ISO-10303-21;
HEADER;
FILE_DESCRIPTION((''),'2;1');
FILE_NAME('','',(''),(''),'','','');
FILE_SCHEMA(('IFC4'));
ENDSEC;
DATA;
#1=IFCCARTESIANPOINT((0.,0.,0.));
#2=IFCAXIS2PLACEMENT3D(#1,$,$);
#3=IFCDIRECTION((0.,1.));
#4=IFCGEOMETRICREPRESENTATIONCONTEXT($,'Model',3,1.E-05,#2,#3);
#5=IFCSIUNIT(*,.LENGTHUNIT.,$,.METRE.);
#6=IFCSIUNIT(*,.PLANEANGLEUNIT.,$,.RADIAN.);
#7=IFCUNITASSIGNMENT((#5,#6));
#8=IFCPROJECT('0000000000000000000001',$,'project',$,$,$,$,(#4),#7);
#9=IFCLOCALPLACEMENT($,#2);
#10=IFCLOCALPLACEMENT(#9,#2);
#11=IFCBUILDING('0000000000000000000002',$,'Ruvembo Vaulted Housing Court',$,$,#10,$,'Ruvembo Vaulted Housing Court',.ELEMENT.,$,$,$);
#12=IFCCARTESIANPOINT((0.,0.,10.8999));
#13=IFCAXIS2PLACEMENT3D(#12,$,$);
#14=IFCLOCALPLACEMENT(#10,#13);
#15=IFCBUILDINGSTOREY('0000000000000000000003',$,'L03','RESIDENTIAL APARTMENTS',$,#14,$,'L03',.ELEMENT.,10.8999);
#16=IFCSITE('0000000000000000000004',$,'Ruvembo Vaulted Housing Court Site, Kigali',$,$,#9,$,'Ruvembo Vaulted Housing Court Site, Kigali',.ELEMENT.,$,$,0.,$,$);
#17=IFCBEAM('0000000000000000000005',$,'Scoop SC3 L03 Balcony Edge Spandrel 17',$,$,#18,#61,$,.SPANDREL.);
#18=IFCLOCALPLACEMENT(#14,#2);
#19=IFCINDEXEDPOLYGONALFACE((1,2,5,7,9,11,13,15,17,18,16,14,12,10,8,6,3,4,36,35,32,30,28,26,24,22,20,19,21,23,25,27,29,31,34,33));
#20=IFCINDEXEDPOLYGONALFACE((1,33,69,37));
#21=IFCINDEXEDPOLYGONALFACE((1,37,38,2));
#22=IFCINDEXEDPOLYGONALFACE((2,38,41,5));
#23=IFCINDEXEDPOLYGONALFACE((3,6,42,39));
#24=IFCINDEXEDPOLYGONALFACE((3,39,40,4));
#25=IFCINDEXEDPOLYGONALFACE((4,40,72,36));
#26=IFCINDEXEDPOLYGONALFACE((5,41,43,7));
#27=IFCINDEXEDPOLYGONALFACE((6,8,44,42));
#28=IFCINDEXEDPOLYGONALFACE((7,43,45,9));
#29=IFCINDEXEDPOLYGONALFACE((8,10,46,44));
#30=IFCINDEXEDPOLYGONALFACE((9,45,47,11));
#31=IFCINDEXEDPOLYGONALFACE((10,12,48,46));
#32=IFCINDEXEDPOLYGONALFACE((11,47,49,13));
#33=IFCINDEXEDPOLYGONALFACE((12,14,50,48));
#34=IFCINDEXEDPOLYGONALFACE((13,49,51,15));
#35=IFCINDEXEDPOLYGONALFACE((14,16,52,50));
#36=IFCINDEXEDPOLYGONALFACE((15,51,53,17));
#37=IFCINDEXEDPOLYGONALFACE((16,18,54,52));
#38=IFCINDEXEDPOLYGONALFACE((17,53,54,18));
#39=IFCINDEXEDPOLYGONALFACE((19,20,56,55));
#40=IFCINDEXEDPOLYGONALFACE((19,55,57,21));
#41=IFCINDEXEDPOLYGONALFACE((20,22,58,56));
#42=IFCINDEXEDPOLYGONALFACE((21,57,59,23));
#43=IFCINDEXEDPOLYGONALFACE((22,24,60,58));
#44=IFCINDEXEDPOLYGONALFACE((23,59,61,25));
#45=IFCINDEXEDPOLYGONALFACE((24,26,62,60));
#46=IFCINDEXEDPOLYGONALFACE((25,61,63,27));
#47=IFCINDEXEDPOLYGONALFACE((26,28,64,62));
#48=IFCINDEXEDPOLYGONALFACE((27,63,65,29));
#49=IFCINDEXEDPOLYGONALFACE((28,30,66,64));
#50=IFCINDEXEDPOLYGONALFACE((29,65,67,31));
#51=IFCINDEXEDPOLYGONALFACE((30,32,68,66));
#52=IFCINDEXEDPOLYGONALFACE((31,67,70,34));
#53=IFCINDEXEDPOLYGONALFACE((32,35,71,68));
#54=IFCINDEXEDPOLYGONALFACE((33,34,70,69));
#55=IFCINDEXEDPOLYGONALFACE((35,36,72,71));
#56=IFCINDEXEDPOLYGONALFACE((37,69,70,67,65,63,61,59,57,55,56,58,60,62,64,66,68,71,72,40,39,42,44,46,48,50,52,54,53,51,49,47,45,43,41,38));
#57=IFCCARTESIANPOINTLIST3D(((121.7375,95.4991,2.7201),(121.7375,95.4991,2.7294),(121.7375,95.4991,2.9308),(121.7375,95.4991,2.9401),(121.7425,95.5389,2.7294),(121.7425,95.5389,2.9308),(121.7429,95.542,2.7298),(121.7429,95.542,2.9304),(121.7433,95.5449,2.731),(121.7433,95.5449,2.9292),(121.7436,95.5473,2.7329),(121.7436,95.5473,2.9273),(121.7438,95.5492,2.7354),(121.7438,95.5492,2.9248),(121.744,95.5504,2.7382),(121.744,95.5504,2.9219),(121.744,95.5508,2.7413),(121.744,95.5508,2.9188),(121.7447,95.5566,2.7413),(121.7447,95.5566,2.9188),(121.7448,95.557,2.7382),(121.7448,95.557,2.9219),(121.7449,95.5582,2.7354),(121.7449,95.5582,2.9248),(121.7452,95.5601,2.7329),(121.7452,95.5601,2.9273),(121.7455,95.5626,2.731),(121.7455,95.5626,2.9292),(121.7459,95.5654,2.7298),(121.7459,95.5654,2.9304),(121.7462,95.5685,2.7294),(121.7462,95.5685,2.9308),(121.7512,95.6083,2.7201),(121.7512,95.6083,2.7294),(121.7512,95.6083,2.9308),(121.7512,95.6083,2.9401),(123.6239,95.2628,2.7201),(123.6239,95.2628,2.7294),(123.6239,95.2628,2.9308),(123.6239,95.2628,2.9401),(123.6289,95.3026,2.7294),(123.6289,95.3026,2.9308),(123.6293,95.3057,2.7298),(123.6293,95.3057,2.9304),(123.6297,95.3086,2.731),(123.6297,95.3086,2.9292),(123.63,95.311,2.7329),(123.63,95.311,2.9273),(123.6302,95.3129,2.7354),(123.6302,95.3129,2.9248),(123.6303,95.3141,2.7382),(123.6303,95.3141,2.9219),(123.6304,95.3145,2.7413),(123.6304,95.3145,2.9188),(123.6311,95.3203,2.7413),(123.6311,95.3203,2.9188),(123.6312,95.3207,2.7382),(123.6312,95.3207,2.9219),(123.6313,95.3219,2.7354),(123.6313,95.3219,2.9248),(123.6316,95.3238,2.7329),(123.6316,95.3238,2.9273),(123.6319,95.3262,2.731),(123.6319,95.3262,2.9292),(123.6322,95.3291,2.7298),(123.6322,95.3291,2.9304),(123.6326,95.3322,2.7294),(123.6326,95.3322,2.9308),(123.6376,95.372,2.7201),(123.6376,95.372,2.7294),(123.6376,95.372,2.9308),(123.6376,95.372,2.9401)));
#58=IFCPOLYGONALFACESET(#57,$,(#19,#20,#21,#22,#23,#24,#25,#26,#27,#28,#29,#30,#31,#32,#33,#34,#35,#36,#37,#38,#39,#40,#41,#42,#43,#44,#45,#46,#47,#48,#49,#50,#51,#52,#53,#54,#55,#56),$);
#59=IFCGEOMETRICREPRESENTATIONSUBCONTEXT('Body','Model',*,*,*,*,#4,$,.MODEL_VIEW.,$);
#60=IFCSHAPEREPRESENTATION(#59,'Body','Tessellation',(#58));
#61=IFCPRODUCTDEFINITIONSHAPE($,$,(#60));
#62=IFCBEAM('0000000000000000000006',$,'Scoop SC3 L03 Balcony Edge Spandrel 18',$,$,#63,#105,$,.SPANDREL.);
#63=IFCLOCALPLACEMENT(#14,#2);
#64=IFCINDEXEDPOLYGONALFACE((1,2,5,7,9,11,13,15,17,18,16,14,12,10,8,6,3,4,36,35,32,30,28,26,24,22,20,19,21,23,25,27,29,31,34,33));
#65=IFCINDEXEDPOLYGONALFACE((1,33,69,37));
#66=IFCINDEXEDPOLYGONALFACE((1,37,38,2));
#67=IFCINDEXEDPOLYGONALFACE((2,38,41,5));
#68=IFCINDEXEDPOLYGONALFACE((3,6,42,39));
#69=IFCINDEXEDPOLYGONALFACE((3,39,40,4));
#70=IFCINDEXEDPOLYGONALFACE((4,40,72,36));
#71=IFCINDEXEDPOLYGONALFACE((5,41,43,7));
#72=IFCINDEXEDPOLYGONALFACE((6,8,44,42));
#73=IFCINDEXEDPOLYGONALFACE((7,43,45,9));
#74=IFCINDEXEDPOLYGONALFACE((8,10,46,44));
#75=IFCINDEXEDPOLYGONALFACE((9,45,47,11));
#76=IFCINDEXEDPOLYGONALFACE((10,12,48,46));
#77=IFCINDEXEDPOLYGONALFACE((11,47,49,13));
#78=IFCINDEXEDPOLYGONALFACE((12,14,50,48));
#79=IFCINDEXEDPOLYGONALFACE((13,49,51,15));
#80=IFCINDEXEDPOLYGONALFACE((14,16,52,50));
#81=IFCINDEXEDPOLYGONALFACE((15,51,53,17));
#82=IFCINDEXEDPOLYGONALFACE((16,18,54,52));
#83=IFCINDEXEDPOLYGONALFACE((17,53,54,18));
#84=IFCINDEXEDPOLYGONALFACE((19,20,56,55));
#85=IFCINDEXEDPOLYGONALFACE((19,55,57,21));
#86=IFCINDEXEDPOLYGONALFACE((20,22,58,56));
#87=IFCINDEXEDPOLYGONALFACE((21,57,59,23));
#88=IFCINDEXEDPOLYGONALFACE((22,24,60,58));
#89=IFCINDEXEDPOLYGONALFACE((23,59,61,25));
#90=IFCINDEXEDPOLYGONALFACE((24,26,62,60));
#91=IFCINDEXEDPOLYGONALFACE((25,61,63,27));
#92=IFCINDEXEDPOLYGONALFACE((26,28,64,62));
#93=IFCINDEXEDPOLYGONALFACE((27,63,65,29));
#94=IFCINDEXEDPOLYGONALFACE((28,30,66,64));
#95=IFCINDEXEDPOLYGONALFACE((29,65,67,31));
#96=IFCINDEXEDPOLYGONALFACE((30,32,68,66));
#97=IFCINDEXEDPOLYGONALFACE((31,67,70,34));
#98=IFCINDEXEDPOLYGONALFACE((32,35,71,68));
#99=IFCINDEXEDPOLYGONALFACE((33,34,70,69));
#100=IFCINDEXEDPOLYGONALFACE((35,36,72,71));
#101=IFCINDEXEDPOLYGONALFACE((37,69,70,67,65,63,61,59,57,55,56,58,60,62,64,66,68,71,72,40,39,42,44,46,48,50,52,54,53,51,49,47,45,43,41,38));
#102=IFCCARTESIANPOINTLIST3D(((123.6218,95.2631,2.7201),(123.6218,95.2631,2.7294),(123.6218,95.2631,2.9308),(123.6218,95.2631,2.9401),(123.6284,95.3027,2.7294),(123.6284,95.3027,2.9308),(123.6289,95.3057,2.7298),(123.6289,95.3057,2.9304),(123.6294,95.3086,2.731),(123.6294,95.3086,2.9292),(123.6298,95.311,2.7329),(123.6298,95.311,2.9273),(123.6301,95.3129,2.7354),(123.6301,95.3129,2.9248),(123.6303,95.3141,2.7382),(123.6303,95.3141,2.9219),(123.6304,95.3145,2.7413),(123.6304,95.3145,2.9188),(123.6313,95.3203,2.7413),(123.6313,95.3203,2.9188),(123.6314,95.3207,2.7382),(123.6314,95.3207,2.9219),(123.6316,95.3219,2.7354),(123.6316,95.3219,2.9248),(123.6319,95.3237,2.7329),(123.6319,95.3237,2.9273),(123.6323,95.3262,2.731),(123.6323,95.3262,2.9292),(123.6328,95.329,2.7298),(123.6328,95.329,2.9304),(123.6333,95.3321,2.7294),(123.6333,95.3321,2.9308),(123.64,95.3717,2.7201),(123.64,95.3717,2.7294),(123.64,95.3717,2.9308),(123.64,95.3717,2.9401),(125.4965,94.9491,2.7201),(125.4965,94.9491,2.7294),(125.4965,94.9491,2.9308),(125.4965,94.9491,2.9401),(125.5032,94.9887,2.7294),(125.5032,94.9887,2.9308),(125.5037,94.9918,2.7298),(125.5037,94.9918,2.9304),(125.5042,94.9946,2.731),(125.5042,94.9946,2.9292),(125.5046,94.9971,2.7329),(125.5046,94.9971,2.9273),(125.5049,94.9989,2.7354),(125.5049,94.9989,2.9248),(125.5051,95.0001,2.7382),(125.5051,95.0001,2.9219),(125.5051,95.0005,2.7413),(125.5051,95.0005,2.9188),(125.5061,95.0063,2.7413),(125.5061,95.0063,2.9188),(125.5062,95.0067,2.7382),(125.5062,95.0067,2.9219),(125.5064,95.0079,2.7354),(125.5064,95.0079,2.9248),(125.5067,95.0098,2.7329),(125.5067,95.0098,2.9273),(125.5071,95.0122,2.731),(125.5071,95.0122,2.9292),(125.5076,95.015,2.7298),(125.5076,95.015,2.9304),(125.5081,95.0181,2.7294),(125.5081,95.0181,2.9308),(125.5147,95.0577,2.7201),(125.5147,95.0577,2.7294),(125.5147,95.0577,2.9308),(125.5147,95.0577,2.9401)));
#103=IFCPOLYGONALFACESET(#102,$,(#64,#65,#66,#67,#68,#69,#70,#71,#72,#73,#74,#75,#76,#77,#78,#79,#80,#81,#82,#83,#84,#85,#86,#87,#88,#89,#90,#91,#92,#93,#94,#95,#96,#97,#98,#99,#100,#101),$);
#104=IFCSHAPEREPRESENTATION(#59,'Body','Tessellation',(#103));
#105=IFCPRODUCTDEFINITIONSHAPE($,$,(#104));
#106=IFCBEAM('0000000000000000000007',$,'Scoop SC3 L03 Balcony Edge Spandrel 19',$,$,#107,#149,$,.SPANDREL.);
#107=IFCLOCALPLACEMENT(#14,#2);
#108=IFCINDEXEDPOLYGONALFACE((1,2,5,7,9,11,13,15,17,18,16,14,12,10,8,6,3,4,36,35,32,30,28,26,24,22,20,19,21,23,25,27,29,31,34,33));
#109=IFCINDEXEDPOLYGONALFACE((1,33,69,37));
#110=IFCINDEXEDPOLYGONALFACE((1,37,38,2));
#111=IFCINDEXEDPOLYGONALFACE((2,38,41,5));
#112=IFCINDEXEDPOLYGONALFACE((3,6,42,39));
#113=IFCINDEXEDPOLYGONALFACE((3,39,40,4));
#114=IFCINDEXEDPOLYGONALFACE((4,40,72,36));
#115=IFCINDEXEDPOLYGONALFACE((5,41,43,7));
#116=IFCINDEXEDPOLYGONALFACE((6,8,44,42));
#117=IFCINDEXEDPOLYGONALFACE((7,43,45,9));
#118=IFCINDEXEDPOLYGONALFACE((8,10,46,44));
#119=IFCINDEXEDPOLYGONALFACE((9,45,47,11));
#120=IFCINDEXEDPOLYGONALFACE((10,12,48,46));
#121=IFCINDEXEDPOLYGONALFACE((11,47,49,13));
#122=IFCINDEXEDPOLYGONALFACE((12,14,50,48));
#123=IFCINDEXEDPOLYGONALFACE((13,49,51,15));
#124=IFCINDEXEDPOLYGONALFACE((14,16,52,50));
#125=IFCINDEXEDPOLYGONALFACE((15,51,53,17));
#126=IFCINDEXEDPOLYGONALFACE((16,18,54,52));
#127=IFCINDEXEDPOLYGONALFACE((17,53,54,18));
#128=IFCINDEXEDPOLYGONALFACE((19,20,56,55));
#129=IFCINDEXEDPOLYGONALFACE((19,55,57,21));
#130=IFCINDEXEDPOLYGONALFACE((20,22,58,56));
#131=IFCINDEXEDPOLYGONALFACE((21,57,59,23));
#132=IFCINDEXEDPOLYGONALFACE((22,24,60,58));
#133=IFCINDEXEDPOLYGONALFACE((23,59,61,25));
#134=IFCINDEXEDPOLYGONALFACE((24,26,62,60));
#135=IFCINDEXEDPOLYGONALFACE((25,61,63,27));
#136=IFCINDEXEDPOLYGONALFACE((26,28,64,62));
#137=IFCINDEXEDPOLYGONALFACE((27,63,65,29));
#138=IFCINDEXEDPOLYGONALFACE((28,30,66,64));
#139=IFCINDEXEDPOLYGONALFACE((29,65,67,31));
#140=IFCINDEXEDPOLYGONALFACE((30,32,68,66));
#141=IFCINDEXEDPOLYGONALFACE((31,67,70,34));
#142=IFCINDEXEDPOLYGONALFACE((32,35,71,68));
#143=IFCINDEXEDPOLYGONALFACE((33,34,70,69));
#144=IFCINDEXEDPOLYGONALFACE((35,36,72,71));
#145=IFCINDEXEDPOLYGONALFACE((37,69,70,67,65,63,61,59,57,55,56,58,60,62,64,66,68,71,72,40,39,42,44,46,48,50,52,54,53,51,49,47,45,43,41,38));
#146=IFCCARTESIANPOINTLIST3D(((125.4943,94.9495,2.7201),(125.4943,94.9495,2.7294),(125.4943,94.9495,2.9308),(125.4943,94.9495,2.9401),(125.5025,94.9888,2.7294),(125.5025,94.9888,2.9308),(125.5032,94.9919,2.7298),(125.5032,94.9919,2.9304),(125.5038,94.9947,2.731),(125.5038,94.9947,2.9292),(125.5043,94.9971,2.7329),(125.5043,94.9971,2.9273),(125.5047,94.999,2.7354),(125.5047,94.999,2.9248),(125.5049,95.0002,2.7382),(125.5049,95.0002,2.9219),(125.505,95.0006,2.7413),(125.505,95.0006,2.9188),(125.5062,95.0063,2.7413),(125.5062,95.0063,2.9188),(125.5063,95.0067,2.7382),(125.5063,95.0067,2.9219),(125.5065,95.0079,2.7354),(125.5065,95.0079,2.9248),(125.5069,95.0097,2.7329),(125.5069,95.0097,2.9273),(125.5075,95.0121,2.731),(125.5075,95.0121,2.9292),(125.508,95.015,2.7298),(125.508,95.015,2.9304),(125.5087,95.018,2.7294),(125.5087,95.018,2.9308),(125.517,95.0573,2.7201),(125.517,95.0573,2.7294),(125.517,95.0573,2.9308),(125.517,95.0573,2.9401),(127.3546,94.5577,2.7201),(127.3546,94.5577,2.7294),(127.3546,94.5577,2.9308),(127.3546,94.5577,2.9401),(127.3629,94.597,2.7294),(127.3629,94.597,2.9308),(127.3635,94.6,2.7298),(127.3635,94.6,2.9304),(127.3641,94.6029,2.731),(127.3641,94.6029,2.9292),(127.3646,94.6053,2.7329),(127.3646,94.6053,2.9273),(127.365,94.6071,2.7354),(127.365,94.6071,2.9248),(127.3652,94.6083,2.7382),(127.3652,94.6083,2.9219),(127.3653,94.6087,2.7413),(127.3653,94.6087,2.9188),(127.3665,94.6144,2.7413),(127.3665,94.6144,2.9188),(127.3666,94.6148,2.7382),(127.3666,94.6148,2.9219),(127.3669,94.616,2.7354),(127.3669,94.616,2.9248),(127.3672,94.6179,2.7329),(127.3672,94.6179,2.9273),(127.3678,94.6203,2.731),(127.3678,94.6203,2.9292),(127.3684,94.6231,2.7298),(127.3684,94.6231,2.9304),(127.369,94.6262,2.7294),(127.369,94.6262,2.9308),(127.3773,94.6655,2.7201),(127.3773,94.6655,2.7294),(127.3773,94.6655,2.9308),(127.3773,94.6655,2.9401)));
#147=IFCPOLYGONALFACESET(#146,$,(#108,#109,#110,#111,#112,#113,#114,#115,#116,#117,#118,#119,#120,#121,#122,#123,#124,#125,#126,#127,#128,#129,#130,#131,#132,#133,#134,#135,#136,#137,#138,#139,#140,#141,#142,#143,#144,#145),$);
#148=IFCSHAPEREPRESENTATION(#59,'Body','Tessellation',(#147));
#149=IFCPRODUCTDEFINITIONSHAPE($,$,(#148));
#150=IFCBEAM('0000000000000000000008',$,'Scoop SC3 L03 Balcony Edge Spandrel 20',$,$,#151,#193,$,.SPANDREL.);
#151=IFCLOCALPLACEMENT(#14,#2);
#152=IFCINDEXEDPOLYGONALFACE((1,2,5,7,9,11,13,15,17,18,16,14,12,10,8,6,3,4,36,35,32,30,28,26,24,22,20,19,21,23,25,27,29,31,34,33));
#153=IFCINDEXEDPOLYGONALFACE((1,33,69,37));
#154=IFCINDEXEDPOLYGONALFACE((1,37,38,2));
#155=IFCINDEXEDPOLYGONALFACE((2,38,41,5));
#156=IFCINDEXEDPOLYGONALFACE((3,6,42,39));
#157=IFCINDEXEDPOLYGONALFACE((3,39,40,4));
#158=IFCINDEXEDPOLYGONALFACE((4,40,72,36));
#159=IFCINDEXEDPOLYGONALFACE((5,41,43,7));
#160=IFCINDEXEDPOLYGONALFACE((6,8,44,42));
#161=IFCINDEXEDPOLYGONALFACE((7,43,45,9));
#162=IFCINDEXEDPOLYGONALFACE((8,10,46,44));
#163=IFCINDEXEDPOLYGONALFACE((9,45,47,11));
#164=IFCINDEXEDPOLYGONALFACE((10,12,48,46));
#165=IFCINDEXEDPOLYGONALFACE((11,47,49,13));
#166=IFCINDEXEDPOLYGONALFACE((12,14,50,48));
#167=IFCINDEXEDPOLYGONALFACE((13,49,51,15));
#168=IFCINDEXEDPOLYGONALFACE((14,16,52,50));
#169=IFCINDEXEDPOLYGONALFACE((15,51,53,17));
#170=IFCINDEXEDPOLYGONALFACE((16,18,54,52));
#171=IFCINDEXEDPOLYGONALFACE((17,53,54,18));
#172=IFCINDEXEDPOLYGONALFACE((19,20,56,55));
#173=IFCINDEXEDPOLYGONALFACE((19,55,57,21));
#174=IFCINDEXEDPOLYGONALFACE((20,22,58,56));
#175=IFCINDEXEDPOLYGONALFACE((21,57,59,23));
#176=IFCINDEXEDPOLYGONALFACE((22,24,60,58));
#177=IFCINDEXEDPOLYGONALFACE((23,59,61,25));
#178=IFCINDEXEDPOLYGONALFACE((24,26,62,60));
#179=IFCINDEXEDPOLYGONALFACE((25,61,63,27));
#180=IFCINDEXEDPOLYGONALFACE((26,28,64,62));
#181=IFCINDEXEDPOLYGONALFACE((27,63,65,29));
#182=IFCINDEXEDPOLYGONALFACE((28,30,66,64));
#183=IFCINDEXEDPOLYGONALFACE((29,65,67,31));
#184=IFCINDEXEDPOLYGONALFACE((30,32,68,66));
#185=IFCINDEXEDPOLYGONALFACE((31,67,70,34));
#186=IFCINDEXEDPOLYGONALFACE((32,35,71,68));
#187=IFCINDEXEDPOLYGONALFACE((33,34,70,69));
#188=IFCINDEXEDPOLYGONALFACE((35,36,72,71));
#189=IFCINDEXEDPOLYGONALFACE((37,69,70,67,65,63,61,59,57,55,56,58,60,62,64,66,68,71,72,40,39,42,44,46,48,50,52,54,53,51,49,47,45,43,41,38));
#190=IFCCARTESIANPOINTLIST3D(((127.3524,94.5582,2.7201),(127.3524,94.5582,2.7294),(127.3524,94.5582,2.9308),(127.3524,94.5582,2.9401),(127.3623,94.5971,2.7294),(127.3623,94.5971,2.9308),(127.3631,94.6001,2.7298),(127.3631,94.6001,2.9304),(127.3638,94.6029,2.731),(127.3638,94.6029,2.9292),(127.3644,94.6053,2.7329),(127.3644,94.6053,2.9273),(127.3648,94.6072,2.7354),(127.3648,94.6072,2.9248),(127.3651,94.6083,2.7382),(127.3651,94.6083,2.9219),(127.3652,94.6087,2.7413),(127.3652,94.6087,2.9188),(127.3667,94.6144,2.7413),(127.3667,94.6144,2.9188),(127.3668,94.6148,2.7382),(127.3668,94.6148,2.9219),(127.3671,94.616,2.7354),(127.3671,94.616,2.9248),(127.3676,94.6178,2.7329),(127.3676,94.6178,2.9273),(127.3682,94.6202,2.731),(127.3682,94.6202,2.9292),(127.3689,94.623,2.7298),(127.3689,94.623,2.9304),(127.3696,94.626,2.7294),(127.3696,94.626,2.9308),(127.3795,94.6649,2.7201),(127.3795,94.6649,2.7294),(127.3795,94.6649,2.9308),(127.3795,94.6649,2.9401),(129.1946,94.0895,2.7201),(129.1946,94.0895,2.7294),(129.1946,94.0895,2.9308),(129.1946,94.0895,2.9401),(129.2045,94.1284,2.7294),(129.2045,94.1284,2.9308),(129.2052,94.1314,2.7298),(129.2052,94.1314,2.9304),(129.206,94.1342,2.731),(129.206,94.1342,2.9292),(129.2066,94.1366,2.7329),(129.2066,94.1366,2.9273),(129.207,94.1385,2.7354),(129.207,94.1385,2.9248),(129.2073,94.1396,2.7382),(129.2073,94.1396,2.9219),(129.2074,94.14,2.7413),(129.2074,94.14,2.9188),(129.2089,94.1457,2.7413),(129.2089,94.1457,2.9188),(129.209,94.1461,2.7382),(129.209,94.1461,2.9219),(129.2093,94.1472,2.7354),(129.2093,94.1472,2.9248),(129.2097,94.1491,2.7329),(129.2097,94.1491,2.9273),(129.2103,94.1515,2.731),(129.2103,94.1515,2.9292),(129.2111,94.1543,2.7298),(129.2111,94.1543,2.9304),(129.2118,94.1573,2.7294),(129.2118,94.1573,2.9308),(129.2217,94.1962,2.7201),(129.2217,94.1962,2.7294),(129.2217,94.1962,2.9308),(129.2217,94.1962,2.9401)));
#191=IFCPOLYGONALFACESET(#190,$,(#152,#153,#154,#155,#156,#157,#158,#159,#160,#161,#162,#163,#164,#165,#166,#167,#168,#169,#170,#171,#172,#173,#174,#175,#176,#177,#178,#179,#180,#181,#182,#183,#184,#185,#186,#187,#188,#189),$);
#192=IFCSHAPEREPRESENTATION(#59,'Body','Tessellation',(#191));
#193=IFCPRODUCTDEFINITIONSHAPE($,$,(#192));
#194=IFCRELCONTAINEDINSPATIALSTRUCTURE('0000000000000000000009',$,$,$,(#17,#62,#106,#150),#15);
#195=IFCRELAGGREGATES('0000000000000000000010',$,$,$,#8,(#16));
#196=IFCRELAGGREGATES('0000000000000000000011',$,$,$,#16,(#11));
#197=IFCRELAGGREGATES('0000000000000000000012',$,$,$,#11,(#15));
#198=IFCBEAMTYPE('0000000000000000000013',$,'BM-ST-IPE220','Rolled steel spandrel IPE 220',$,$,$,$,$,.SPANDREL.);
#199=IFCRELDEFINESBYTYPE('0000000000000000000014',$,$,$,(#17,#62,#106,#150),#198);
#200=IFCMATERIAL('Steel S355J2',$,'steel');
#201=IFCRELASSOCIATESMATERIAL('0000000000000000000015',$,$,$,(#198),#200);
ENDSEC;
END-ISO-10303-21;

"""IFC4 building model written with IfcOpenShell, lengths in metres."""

from ifc_helpers import new_model, si_unit, direction, frame, origin, origin_2d, place, context, subcontext, project, spatial, i_section, extrude, material, material_profile, profile_set, type_object, element, save


model = new_model("IFC4")

# Units and contexts
model_context = context("Model", 3, precision=1e-05, world=origin(), true_north=direction((0.0, 1.0)))
body_context = subcontext(model_context, "Body", "Model", "MODEL_VIEW")
ifc_project = project(units=[si_unit("LENGTHUNIT", "METRE"), si_unit("PLANEANGLEUNIT", "RADIAN")], contexts=[model_context])

# Site, building, storey
site_placement = place(None, origin())
site = spatial("IfcSite", under=ifc_project, at=site_placement, Name="Ruvembo Vaulted Housing Court Site, Kigali", LongName="Ruvembo Vaulted Housing Court Site, Kigali", CompositionType="ELEMENT", RefElevation=0.0)
building_placement = place(site_placement, origin())
building = spatial("IfcBuilding", under=site, at=building_placement, Name="Ruvembo Vaulted Housing Court", LongName="Ruvembo Vaulted Housing Court", CompositionType="ELEMENT")
storey_placement = place(building_placement, frame((0.0, 0.0, 10.8999)))
storey = spatial("IfcBuildingStorey", under=building, at=storey_placement, Name="L03", Description="RESIDENTIAL APARTMENTS", LongName="L03", CompositionType="ELEMENT", Elevation=10.8999)

# Beams
ifc_material_1 = material(Name="Steel S355J2", Category="steel")
ifc_material_profile_1 = material_profile(ifc_material_1, i_section(OverallWidth=0.1101, OverallDepth=0.22, WebThickness=0.0059, FlangeThickness=0.0093, FilletRadius=0.012, at=origin_2d()), Name="IPE 220")
ifc_profile_set_1 = profile_set([ifc_material_profile_1], Name="Steel S355J2")
beam_type = type_object("IfcBeamType", Name="BM-ST-IPE220", Description="Rolled steel spandrel IPE 220", PredefinedType="SPANDREL", material=ifc_profile_set_1)
beam_1_placement = place(storey_placement, frame((121.7444, 95.5537, 2.8301), z_axis=(0.992244, -0.124303, 0.0), x_axis=(0.124303, 0.992244, 0.0)))
element("IfcBeam", 1, at=beam_1_placement, inside=storey, type_object=beam_type, Name="Scoop SC3 L03 Balcony Edge Spandrel 17", PredefinedType="SPANDREL", context=body_context, shape_type="SweptSolid", body=[
    extrude(i_section(OverallWidth=0.1101, OverallDepth=0.22, WebThickness=0.0059, FlangeThickness=0.0093, FilletRadius=0.012, at=origin_2d()), origin(), (0.0, 0.0, 1.0), 1.9011),
])
beam_2_placement = place(storey_placement, frame((123.6309, 95.3174, 2.8301), z_axis=(0.986265, -0.16517, 0.0), x_axis=(0.16517, 0.986265, 0.0)))
element("IfcBeam", 2, at=beam_2_placement, inside=storey, type_object=beam_type, Name="Scoop SC3 L03 Balcony Edge Spandrel 18", PredefinedType="SPANDREL", context=body_context, shape_type="SweptSolid", body=[
    extrude(i_section(OverallWidth=0.1101, OverallDepth=0.22, WebThickness=0.0059, FlangeThickness=0.0093, FilletRadius=0.012, at=origin_2d()), origin(), (0.0, 0.0, 1.0), 1.9009),
])
beam_3_placement = place(storey_placement, frame((125.5056, 95.0034, 2.8301), z_axis=(0.978529, -0.206108, 0.0), x_axis=(0.206108, 0.978529, 0.0)))
element("IfcBeam", 3, at=beam_3_placement, inside=storey, type_object=beam_type, Name="Scoop SC3 L03 Balcony Edge Spandrel 19", PredefinedType="SPANDREL", context=body_context, shape_type="SweptSolid", body=[
    extrude(i_section(OverallWidth=0.1101, OverallDepth=0.22, WebThickness=0.0059, FlangeThickness=0.0093, FilletRadius=0.012, at=origin_2d()), origin(), (0.0, 0.0, 1.0), 1.9011),
])
for number, where, z_axis, x_axis, name in (
    (4, (127.366, 94.6116, 2.8301), (0.969122, -0.246583, 0.0), (0.246583, 0.969122, 0.0), "Scoop SC3 L03 Balcony Edge Spandrel 20"),
):
    element("IfcBeam", number, at=place(storey_placement, frame(where, z_axis=z_axis, x_axis=x_axis)), inside=storey, type_object=beam_type, Name=name, PredefinedType="SPANDREL", context=body_context, shape_type="SweptSolid", body=[
        extrude(i_section(OverallWidth=0.1101, OverallDepth=0.22, WebThickness=0.0059, FlangeThickness=0.0093, FilletRadius=0.012, at=origin_2d()), origin(), (0.0, 0.0, 1.0), 1.9009),
    ])

save(model, "model.ifc")
